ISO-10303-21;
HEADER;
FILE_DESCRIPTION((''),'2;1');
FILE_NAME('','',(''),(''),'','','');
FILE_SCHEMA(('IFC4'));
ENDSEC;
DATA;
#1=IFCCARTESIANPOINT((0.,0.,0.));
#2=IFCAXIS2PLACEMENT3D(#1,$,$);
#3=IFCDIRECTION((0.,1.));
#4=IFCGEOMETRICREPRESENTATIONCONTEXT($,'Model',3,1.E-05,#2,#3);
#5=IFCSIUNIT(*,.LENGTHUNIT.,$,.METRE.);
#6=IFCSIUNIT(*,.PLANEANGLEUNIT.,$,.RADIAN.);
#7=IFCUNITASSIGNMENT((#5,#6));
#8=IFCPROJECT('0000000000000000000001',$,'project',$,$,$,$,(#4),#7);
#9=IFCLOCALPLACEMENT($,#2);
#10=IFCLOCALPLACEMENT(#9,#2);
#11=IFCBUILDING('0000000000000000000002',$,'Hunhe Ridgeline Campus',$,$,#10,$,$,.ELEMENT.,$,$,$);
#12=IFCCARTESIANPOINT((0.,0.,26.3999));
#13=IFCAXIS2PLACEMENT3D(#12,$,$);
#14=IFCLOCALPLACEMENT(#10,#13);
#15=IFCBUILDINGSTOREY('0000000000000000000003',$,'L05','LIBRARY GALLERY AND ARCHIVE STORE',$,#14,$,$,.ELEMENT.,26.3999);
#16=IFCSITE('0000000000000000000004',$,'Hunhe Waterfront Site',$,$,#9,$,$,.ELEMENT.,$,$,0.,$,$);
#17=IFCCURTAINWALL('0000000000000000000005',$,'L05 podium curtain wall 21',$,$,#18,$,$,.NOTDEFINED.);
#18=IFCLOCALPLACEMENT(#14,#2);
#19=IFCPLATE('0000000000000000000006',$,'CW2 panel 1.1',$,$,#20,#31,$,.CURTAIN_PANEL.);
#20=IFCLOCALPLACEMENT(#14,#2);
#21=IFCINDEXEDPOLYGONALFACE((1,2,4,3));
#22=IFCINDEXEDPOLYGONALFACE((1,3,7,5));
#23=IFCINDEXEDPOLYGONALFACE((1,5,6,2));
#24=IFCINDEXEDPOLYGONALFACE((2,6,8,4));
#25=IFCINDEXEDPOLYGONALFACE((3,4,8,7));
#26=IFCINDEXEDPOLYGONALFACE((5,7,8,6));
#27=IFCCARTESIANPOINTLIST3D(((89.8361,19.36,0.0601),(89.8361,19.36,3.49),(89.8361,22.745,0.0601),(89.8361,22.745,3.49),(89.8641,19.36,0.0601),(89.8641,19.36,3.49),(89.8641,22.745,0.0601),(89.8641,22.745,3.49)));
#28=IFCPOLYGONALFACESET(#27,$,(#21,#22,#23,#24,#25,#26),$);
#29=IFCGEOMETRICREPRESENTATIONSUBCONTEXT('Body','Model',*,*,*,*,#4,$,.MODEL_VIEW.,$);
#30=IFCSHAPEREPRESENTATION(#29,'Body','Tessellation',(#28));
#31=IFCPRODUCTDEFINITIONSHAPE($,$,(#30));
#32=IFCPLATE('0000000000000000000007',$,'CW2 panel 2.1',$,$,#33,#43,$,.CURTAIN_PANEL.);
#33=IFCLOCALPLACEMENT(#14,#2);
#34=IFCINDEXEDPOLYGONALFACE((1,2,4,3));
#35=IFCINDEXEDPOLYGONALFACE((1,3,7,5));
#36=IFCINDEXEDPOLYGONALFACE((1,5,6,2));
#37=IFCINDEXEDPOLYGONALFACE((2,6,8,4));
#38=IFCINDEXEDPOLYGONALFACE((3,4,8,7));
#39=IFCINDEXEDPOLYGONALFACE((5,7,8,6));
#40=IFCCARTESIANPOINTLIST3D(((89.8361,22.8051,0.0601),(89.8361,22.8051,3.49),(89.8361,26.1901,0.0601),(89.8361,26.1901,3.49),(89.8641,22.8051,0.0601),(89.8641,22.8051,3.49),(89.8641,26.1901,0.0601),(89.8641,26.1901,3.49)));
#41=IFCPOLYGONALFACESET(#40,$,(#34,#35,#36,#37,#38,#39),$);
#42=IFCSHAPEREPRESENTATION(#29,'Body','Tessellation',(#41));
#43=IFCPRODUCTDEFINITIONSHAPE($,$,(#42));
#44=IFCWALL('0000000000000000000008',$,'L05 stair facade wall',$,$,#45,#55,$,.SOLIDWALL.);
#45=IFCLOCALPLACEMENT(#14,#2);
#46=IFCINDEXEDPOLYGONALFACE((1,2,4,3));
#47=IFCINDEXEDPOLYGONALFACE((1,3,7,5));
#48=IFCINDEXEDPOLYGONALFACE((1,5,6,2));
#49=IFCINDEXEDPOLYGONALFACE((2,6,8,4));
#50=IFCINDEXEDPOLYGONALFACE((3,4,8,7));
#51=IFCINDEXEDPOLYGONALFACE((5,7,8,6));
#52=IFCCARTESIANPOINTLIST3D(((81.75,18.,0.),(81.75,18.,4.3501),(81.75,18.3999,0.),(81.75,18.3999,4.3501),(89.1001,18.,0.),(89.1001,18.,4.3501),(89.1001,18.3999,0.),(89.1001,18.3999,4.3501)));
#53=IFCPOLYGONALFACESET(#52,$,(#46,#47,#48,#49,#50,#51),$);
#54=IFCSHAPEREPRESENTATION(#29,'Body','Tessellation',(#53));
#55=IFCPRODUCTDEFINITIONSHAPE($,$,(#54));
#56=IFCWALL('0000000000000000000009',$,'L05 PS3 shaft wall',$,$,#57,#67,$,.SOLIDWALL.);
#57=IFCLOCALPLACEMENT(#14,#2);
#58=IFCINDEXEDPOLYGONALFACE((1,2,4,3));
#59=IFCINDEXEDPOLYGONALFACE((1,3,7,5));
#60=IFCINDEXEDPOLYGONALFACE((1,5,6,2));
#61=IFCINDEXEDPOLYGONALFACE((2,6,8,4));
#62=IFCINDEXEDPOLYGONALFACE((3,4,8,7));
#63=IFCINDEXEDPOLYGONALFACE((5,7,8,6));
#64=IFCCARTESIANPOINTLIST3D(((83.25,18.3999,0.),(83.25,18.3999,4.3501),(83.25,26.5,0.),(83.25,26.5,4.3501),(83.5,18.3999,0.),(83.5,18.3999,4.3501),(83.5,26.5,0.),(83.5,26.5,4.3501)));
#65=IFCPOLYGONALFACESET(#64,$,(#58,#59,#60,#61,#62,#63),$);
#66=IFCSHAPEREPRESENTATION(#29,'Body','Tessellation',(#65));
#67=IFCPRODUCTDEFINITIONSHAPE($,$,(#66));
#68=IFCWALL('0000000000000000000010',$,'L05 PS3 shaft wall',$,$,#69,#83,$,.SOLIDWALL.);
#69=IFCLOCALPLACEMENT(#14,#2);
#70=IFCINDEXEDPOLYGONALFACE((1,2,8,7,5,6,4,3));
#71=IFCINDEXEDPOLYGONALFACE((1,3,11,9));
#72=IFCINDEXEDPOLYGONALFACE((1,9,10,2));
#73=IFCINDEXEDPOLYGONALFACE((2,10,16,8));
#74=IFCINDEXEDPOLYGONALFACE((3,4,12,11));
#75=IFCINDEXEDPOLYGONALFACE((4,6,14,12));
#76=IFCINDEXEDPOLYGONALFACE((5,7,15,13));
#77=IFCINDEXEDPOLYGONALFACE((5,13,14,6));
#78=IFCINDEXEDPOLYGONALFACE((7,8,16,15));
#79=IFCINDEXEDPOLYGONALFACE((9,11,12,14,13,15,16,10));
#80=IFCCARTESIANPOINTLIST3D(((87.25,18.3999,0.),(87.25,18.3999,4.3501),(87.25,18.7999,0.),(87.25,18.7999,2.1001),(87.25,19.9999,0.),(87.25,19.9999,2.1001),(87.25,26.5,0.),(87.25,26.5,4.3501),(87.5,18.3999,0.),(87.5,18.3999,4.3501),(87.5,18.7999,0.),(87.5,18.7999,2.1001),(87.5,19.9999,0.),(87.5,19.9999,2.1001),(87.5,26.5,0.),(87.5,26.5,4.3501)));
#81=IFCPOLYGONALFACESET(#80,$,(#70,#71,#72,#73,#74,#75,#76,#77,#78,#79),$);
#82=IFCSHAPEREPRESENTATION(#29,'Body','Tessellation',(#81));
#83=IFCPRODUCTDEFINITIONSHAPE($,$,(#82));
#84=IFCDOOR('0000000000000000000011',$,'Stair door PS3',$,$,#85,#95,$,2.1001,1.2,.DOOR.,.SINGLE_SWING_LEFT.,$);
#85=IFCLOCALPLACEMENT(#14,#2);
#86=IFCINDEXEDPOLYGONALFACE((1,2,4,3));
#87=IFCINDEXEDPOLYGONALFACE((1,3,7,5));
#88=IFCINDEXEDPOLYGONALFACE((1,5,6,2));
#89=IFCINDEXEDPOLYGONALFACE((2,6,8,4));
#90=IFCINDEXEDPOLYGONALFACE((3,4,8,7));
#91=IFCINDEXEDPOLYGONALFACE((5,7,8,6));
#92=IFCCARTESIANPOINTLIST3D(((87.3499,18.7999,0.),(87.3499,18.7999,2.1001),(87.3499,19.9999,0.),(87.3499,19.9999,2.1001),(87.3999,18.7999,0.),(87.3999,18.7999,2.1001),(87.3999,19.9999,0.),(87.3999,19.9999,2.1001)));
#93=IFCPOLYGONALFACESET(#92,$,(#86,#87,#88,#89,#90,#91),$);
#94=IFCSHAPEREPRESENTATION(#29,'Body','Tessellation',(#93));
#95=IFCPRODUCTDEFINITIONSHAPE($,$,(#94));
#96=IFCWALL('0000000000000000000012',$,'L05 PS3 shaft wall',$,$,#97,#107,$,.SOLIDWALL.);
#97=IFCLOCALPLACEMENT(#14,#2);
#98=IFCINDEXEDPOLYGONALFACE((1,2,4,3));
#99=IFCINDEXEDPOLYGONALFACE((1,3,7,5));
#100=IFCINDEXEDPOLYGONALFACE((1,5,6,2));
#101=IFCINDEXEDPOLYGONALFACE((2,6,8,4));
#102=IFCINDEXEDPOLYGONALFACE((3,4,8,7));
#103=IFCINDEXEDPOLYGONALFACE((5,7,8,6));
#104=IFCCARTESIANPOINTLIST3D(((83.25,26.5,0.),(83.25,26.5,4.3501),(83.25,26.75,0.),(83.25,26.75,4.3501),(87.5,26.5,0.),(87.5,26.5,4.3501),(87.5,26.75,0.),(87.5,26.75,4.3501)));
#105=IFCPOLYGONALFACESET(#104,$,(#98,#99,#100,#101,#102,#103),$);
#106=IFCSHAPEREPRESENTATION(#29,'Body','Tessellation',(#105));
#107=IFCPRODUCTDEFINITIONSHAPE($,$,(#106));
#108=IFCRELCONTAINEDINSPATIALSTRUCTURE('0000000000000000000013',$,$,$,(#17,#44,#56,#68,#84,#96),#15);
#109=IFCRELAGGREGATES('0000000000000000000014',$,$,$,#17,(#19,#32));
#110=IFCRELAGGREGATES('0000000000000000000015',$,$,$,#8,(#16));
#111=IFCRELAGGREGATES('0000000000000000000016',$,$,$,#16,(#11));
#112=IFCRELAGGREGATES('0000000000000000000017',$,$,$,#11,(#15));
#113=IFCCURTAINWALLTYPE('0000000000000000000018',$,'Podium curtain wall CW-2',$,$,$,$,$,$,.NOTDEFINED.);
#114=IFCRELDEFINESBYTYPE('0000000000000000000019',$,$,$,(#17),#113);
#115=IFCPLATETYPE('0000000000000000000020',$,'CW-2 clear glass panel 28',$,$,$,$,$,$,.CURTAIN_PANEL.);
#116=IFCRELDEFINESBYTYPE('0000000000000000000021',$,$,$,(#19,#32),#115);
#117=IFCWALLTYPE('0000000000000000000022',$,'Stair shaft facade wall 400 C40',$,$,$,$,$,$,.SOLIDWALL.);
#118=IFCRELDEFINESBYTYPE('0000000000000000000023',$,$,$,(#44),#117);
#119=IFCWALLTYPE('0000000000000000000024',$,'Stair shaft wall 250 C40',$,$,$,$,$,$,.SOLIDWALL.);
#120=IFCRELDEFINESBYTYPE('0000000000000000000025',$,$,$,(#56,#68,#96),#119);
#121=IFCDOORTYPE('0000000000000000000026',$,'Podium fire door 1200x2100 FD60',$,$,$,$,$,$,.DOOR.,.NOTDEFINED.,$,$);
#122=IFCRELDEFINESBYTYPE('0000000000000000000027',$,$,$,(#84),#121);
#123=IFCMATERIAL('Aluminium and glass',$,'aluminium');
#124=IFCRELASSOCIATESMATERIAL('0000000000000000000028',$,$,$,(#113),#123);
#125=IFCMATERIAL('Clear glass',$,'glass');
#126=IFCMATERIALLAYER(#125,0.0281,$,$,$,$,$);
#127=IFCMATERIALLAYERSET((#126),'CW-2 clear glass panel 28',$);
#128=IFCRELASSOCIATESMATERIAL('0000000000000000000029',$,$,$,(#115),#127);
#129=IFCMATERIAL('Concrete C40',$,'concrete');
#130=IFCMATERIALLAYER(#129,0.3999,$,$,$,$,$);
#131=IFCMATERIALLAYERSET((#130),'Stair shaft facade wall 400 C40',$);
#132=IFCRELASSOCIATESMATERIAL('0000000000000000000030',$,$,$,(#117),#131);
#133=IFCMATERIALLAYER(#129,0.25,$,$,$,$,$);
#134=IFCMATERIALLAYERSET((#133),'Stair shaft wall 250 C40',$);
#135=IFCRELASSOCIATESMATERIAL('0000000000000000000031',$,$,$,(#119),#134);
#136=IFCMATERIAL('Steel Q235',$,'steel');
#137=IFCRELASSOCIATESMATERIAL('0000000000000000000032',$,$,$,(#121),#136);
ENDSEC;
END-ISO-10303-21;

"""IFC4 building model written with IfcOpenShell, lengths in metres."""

from ifc_helpers import new_model, si_unit, direction, frame, frame_2d, origin, origin_2d, place, context, subcontext, project, spatial, rectangle, extrude, material, layer, layer_set, type_object, element, fill, aggregate, save


model = new_model("IFC4")

# Units and contexts
model_context = context("Model", 3, precision=1e-05, world=origin(), true_north=direction((0.0, 1.0)))
body_context = subcontext(model_context, "Body", "Model", "MODEL_VIEW")
ifc_project = project(units=[si_unit("LENGTHUNIT", "METRE"), si_unit("PLANEANGLEUNIT", "RADIAN")], contexts=[model_context])

# Site, building, storey
site_placement = place(None, origin())
site = spatial("IfcSite", under=ifc_project, at=site_placement, Name="Hunhe Waterfront Site", CompositionType="ELEMENT", RefElevation=0.0)
building_placement = place(site_placement, origin())
building = spatial("IfcBuilding", under=site, at=building_placement, Name="Hunhe Ridgeline Campus", CompositionType="ELEMENT")
storey_placement = place(building_placement, frame((0.0, 0.0, 26.3999)))
storey = spatial("IfcBuildingStorey", under=building, at=storey_placement, Name="L05", Description="LIBRARY GALLERY AND ARCHIVE STORE", CompositionType="ELEMENT", Elevation=26.3999)

# Curtain wall
ifc_material_1 = material(Name="Aluminium and glass", Category="aluminium")
curtain_wall_type = type_object("IfcCurtainWallType", Name="Podium curtain wall CW-2", PredefinedType="NOTDEFINED", material=ifc_material_1)
curtain_wall_1_placement = place(storey_placement, origin())
curtain_wall_1 = element("IfcCurtainWall", 1, at=curtain_wall_1_placement, inside=storey, type_object=curtain_wall_type, Name="L05 podium curtain wall 21", PredefinedType="NOTDEFINED")

# Plates
ifc_material_2 = material(Name="Clear glass", Category="glass")
ifc_layer_1 = layer(ifc_material_2, 0.0281)
ifc_layer_set_1 = layer_set([ifc_layer_1], Name="CW-2 clear glass panel 28")
plate_type = type_object("IfcPlateType", Name="CW-2 clear glass panel 28", PredefinedType="CURTAIN_PANEL", material=ifc_layer_set_1)
plate_1_placement = place(storey_placement, frame((89.8501, 21.0525, 0.0601), z_axis=(0.0, 0.0, 1.0), x_axis=(0.0, 1.0, 0.0)))
plate_1 = element("IfcPlate", 2, at=plate_1_placement, type_object=plate_type, Name="CW2 panel 1.1", PredefinedType="CURTAIN_PANEL", context=body_context, shape_type="SweptSolid", body=[
    extrude(rectangle(XDim=3.385, YDim=0.0281, at=origin_2d()), origin(), (0.0, 0.0, 1.0), 3.4299),
])
plate_2_placement = place(storey_placement, frame((89.8501, 24.4976, 0.0601), z_axis=(0.0, 0.0, 1.0), x_axis=(0.0, 1.0, 0.0)))
plate_2 = element("IfcPlate", 3, at=plate_2_placement, type_object=plate_type, Name="CW2 panel 2.1", PredefinedType="CURTAIN_PANEL", context=body_context, shape_type="SweptSolid", body=[
    extrude(rectangle(XDim=3.385, YDim=0.0281, at=origin_2d()), origin(), (0.0, 0.0, 1.0), 3.4299),
])
aggregate(curtain_wall_1, [plate_1, plate_2])

# Walls
ifc_material_3 = material(Name="Concrete C40", Category="concrete")
ifc_layer_2 = layer(ifc_material_3, 0.3999)
ifc_layer_set_2 = layer_set([ifc_layer_2], Name="Stair shaft facade wall 400 C40")
wall_type_1 = type_object("IfcWallType", Name="Stair shaft facade wall 400 C40", PredefinedType="SOLIDWALL", material=ifc_layer_set_2)
wall_1_placement = place(storey_placement, frame((89.1001, 18.2, 0.0), z_axis=(0.0, 0.0, 1.0), x_axis=(-1.0, 0.0, 0.0)))
element("IfcWall", 4, at=wall_1_placement, inside=storey, type_object=wall_type_1, Name="L05 stair facade wall", PredefinedType="SOLIDWALL", context=body_context, shape_type="SweptSolid", body=[
    extrude(rectangle(XDim=7.3501, YDim=0.3999, at=frame_2d((3.675, 0.0))), origin(), (0.0, 0.0, 1.0), 4.3501),
])
ifc_layer_3 = layer(ifc_material_3, 0.25)
ifc_layer_set_3 = layer_set([ifc_layer_3], Name="Stair shaft wall 250 C40")
wall_type_2 = type_object("IfcWallType", Name="Stair shaft wall 250 C40", PredefinedType="SOLIDWALL", material=ifc_layer_set_3)
wall_2_placement = place(storey_placement, frame((83.375, 18.3999, 0.0), z_axis=(0.0, 0.0, 1.0), x_axis=(0.0, 1.0, 0.0)))
element("IfcWall", 5, at=wall_2_placement, inside=storey, type_object=wall_type_2, Name="L05 PS3 shaft wall", PredefinedType="SOLIDWALL", context=body_context, shape_type="SweptSolid", body=[
    extrude(rectangle(XDim=8.1001, YDim=0.25, at=frame_2d((4.05, 0.0))), origin(), (0.0, 0.0, 1.0), 4.3501),
])

# Wall, opening, door
wall_3_placement = place(storey_placement, frame((87.375, 26.5, 0.0), z_axis=(0.0, 0.0, 1.0), x_axis=(0.0, -1.0, 0.0)))
wall_3 = element("IfcWall", 6, at=wall_3_placement, inside=storey, type_object=wall_type_2, Name="L05 PS3 shaft wall", PredefinedType="SOLIDWALL", context=body_context, shape_type="SweptSolid", body=[
    extrude(rectangle(XDim=8.1001, YDim=0.25, at=frame_2d((4.05, 0.0))), origin(), (0.0, 0.0, 1.0), 4.3501),
])
opening_placement = place(wall_3_placement, frame((6.5, 0.0, 0.0)))
opening = element("IfcOpeningElement", 7, at=opening_placement, cuts=wall_3, PredefinedType="OPENING", context=body_context, shape_type="SweptSolid", body=[
    extrude(rectangle(XDim=1.2, YDim=2.1001, at=frame_2d((0.6001, 1.05))), frame((0.0, 0.125, 0.0), z_axis=(0.0, -1.0, 0.0), x_axis=(1.0, 0.0, 0.0)), (0.0, 0.0, 1.0), 0.25),
])
ifc_material_4 = material(Name="Steel Q235", Category="steel")
door_type = type_object("IfcDoorType", Name="Podium fire door 1200x2100 FD60", OperationType="NOTDEFINED", PredefinedType="DOOR", material=ifc_material_4)
door_placement = place(opening_placement, origin())
door = element("IfcDoor", 8, at=door_placement, inside=storey, type_object=door_type, Name="Stair door PS3", OperationType="SINGLE_SWING_LEFT", OverallHeight=2.1001, OverallWidth=1.2, PredefinedType="DOOR", context=body_context, shape_type="SweptSolid", body=[
    extrude(rectangle(XDim=1.2, YDim=2.1001, at=frame_2d((0.6001, 1.05))), frame((0.0, 0.0249, 0.0), z_axis=(0.0, -1.0, 0.0), x_axis=(1.0, 0.0, 0.0)), (0.0, 0.0, 1.0), 0.05),
])
fill(opening, door)

# Wall
wall_4_placement = place(storey_placement, frame((83.25, 26.625, 0.0), z_axis=(0.0, 0.0, 1.0), x_axis=(1.0, 0.0, 0.0)))
element("IfcWall", 9, at=wall_4_placement, inside=storey, type_object=wall_type_2, Name="L05 PS3 shaft wall", PredefinedType="SOLIDWALL", context=body_context, shape_type="SweptSolid", body=[
    extrude(rectangle(XDim=4.25, YDim=0.25, at=frame_2d((2.125, 0.0))), origin(), (0.0, 0.0, 1.0), 4.3501),
])

save(model, "model.ifc")
